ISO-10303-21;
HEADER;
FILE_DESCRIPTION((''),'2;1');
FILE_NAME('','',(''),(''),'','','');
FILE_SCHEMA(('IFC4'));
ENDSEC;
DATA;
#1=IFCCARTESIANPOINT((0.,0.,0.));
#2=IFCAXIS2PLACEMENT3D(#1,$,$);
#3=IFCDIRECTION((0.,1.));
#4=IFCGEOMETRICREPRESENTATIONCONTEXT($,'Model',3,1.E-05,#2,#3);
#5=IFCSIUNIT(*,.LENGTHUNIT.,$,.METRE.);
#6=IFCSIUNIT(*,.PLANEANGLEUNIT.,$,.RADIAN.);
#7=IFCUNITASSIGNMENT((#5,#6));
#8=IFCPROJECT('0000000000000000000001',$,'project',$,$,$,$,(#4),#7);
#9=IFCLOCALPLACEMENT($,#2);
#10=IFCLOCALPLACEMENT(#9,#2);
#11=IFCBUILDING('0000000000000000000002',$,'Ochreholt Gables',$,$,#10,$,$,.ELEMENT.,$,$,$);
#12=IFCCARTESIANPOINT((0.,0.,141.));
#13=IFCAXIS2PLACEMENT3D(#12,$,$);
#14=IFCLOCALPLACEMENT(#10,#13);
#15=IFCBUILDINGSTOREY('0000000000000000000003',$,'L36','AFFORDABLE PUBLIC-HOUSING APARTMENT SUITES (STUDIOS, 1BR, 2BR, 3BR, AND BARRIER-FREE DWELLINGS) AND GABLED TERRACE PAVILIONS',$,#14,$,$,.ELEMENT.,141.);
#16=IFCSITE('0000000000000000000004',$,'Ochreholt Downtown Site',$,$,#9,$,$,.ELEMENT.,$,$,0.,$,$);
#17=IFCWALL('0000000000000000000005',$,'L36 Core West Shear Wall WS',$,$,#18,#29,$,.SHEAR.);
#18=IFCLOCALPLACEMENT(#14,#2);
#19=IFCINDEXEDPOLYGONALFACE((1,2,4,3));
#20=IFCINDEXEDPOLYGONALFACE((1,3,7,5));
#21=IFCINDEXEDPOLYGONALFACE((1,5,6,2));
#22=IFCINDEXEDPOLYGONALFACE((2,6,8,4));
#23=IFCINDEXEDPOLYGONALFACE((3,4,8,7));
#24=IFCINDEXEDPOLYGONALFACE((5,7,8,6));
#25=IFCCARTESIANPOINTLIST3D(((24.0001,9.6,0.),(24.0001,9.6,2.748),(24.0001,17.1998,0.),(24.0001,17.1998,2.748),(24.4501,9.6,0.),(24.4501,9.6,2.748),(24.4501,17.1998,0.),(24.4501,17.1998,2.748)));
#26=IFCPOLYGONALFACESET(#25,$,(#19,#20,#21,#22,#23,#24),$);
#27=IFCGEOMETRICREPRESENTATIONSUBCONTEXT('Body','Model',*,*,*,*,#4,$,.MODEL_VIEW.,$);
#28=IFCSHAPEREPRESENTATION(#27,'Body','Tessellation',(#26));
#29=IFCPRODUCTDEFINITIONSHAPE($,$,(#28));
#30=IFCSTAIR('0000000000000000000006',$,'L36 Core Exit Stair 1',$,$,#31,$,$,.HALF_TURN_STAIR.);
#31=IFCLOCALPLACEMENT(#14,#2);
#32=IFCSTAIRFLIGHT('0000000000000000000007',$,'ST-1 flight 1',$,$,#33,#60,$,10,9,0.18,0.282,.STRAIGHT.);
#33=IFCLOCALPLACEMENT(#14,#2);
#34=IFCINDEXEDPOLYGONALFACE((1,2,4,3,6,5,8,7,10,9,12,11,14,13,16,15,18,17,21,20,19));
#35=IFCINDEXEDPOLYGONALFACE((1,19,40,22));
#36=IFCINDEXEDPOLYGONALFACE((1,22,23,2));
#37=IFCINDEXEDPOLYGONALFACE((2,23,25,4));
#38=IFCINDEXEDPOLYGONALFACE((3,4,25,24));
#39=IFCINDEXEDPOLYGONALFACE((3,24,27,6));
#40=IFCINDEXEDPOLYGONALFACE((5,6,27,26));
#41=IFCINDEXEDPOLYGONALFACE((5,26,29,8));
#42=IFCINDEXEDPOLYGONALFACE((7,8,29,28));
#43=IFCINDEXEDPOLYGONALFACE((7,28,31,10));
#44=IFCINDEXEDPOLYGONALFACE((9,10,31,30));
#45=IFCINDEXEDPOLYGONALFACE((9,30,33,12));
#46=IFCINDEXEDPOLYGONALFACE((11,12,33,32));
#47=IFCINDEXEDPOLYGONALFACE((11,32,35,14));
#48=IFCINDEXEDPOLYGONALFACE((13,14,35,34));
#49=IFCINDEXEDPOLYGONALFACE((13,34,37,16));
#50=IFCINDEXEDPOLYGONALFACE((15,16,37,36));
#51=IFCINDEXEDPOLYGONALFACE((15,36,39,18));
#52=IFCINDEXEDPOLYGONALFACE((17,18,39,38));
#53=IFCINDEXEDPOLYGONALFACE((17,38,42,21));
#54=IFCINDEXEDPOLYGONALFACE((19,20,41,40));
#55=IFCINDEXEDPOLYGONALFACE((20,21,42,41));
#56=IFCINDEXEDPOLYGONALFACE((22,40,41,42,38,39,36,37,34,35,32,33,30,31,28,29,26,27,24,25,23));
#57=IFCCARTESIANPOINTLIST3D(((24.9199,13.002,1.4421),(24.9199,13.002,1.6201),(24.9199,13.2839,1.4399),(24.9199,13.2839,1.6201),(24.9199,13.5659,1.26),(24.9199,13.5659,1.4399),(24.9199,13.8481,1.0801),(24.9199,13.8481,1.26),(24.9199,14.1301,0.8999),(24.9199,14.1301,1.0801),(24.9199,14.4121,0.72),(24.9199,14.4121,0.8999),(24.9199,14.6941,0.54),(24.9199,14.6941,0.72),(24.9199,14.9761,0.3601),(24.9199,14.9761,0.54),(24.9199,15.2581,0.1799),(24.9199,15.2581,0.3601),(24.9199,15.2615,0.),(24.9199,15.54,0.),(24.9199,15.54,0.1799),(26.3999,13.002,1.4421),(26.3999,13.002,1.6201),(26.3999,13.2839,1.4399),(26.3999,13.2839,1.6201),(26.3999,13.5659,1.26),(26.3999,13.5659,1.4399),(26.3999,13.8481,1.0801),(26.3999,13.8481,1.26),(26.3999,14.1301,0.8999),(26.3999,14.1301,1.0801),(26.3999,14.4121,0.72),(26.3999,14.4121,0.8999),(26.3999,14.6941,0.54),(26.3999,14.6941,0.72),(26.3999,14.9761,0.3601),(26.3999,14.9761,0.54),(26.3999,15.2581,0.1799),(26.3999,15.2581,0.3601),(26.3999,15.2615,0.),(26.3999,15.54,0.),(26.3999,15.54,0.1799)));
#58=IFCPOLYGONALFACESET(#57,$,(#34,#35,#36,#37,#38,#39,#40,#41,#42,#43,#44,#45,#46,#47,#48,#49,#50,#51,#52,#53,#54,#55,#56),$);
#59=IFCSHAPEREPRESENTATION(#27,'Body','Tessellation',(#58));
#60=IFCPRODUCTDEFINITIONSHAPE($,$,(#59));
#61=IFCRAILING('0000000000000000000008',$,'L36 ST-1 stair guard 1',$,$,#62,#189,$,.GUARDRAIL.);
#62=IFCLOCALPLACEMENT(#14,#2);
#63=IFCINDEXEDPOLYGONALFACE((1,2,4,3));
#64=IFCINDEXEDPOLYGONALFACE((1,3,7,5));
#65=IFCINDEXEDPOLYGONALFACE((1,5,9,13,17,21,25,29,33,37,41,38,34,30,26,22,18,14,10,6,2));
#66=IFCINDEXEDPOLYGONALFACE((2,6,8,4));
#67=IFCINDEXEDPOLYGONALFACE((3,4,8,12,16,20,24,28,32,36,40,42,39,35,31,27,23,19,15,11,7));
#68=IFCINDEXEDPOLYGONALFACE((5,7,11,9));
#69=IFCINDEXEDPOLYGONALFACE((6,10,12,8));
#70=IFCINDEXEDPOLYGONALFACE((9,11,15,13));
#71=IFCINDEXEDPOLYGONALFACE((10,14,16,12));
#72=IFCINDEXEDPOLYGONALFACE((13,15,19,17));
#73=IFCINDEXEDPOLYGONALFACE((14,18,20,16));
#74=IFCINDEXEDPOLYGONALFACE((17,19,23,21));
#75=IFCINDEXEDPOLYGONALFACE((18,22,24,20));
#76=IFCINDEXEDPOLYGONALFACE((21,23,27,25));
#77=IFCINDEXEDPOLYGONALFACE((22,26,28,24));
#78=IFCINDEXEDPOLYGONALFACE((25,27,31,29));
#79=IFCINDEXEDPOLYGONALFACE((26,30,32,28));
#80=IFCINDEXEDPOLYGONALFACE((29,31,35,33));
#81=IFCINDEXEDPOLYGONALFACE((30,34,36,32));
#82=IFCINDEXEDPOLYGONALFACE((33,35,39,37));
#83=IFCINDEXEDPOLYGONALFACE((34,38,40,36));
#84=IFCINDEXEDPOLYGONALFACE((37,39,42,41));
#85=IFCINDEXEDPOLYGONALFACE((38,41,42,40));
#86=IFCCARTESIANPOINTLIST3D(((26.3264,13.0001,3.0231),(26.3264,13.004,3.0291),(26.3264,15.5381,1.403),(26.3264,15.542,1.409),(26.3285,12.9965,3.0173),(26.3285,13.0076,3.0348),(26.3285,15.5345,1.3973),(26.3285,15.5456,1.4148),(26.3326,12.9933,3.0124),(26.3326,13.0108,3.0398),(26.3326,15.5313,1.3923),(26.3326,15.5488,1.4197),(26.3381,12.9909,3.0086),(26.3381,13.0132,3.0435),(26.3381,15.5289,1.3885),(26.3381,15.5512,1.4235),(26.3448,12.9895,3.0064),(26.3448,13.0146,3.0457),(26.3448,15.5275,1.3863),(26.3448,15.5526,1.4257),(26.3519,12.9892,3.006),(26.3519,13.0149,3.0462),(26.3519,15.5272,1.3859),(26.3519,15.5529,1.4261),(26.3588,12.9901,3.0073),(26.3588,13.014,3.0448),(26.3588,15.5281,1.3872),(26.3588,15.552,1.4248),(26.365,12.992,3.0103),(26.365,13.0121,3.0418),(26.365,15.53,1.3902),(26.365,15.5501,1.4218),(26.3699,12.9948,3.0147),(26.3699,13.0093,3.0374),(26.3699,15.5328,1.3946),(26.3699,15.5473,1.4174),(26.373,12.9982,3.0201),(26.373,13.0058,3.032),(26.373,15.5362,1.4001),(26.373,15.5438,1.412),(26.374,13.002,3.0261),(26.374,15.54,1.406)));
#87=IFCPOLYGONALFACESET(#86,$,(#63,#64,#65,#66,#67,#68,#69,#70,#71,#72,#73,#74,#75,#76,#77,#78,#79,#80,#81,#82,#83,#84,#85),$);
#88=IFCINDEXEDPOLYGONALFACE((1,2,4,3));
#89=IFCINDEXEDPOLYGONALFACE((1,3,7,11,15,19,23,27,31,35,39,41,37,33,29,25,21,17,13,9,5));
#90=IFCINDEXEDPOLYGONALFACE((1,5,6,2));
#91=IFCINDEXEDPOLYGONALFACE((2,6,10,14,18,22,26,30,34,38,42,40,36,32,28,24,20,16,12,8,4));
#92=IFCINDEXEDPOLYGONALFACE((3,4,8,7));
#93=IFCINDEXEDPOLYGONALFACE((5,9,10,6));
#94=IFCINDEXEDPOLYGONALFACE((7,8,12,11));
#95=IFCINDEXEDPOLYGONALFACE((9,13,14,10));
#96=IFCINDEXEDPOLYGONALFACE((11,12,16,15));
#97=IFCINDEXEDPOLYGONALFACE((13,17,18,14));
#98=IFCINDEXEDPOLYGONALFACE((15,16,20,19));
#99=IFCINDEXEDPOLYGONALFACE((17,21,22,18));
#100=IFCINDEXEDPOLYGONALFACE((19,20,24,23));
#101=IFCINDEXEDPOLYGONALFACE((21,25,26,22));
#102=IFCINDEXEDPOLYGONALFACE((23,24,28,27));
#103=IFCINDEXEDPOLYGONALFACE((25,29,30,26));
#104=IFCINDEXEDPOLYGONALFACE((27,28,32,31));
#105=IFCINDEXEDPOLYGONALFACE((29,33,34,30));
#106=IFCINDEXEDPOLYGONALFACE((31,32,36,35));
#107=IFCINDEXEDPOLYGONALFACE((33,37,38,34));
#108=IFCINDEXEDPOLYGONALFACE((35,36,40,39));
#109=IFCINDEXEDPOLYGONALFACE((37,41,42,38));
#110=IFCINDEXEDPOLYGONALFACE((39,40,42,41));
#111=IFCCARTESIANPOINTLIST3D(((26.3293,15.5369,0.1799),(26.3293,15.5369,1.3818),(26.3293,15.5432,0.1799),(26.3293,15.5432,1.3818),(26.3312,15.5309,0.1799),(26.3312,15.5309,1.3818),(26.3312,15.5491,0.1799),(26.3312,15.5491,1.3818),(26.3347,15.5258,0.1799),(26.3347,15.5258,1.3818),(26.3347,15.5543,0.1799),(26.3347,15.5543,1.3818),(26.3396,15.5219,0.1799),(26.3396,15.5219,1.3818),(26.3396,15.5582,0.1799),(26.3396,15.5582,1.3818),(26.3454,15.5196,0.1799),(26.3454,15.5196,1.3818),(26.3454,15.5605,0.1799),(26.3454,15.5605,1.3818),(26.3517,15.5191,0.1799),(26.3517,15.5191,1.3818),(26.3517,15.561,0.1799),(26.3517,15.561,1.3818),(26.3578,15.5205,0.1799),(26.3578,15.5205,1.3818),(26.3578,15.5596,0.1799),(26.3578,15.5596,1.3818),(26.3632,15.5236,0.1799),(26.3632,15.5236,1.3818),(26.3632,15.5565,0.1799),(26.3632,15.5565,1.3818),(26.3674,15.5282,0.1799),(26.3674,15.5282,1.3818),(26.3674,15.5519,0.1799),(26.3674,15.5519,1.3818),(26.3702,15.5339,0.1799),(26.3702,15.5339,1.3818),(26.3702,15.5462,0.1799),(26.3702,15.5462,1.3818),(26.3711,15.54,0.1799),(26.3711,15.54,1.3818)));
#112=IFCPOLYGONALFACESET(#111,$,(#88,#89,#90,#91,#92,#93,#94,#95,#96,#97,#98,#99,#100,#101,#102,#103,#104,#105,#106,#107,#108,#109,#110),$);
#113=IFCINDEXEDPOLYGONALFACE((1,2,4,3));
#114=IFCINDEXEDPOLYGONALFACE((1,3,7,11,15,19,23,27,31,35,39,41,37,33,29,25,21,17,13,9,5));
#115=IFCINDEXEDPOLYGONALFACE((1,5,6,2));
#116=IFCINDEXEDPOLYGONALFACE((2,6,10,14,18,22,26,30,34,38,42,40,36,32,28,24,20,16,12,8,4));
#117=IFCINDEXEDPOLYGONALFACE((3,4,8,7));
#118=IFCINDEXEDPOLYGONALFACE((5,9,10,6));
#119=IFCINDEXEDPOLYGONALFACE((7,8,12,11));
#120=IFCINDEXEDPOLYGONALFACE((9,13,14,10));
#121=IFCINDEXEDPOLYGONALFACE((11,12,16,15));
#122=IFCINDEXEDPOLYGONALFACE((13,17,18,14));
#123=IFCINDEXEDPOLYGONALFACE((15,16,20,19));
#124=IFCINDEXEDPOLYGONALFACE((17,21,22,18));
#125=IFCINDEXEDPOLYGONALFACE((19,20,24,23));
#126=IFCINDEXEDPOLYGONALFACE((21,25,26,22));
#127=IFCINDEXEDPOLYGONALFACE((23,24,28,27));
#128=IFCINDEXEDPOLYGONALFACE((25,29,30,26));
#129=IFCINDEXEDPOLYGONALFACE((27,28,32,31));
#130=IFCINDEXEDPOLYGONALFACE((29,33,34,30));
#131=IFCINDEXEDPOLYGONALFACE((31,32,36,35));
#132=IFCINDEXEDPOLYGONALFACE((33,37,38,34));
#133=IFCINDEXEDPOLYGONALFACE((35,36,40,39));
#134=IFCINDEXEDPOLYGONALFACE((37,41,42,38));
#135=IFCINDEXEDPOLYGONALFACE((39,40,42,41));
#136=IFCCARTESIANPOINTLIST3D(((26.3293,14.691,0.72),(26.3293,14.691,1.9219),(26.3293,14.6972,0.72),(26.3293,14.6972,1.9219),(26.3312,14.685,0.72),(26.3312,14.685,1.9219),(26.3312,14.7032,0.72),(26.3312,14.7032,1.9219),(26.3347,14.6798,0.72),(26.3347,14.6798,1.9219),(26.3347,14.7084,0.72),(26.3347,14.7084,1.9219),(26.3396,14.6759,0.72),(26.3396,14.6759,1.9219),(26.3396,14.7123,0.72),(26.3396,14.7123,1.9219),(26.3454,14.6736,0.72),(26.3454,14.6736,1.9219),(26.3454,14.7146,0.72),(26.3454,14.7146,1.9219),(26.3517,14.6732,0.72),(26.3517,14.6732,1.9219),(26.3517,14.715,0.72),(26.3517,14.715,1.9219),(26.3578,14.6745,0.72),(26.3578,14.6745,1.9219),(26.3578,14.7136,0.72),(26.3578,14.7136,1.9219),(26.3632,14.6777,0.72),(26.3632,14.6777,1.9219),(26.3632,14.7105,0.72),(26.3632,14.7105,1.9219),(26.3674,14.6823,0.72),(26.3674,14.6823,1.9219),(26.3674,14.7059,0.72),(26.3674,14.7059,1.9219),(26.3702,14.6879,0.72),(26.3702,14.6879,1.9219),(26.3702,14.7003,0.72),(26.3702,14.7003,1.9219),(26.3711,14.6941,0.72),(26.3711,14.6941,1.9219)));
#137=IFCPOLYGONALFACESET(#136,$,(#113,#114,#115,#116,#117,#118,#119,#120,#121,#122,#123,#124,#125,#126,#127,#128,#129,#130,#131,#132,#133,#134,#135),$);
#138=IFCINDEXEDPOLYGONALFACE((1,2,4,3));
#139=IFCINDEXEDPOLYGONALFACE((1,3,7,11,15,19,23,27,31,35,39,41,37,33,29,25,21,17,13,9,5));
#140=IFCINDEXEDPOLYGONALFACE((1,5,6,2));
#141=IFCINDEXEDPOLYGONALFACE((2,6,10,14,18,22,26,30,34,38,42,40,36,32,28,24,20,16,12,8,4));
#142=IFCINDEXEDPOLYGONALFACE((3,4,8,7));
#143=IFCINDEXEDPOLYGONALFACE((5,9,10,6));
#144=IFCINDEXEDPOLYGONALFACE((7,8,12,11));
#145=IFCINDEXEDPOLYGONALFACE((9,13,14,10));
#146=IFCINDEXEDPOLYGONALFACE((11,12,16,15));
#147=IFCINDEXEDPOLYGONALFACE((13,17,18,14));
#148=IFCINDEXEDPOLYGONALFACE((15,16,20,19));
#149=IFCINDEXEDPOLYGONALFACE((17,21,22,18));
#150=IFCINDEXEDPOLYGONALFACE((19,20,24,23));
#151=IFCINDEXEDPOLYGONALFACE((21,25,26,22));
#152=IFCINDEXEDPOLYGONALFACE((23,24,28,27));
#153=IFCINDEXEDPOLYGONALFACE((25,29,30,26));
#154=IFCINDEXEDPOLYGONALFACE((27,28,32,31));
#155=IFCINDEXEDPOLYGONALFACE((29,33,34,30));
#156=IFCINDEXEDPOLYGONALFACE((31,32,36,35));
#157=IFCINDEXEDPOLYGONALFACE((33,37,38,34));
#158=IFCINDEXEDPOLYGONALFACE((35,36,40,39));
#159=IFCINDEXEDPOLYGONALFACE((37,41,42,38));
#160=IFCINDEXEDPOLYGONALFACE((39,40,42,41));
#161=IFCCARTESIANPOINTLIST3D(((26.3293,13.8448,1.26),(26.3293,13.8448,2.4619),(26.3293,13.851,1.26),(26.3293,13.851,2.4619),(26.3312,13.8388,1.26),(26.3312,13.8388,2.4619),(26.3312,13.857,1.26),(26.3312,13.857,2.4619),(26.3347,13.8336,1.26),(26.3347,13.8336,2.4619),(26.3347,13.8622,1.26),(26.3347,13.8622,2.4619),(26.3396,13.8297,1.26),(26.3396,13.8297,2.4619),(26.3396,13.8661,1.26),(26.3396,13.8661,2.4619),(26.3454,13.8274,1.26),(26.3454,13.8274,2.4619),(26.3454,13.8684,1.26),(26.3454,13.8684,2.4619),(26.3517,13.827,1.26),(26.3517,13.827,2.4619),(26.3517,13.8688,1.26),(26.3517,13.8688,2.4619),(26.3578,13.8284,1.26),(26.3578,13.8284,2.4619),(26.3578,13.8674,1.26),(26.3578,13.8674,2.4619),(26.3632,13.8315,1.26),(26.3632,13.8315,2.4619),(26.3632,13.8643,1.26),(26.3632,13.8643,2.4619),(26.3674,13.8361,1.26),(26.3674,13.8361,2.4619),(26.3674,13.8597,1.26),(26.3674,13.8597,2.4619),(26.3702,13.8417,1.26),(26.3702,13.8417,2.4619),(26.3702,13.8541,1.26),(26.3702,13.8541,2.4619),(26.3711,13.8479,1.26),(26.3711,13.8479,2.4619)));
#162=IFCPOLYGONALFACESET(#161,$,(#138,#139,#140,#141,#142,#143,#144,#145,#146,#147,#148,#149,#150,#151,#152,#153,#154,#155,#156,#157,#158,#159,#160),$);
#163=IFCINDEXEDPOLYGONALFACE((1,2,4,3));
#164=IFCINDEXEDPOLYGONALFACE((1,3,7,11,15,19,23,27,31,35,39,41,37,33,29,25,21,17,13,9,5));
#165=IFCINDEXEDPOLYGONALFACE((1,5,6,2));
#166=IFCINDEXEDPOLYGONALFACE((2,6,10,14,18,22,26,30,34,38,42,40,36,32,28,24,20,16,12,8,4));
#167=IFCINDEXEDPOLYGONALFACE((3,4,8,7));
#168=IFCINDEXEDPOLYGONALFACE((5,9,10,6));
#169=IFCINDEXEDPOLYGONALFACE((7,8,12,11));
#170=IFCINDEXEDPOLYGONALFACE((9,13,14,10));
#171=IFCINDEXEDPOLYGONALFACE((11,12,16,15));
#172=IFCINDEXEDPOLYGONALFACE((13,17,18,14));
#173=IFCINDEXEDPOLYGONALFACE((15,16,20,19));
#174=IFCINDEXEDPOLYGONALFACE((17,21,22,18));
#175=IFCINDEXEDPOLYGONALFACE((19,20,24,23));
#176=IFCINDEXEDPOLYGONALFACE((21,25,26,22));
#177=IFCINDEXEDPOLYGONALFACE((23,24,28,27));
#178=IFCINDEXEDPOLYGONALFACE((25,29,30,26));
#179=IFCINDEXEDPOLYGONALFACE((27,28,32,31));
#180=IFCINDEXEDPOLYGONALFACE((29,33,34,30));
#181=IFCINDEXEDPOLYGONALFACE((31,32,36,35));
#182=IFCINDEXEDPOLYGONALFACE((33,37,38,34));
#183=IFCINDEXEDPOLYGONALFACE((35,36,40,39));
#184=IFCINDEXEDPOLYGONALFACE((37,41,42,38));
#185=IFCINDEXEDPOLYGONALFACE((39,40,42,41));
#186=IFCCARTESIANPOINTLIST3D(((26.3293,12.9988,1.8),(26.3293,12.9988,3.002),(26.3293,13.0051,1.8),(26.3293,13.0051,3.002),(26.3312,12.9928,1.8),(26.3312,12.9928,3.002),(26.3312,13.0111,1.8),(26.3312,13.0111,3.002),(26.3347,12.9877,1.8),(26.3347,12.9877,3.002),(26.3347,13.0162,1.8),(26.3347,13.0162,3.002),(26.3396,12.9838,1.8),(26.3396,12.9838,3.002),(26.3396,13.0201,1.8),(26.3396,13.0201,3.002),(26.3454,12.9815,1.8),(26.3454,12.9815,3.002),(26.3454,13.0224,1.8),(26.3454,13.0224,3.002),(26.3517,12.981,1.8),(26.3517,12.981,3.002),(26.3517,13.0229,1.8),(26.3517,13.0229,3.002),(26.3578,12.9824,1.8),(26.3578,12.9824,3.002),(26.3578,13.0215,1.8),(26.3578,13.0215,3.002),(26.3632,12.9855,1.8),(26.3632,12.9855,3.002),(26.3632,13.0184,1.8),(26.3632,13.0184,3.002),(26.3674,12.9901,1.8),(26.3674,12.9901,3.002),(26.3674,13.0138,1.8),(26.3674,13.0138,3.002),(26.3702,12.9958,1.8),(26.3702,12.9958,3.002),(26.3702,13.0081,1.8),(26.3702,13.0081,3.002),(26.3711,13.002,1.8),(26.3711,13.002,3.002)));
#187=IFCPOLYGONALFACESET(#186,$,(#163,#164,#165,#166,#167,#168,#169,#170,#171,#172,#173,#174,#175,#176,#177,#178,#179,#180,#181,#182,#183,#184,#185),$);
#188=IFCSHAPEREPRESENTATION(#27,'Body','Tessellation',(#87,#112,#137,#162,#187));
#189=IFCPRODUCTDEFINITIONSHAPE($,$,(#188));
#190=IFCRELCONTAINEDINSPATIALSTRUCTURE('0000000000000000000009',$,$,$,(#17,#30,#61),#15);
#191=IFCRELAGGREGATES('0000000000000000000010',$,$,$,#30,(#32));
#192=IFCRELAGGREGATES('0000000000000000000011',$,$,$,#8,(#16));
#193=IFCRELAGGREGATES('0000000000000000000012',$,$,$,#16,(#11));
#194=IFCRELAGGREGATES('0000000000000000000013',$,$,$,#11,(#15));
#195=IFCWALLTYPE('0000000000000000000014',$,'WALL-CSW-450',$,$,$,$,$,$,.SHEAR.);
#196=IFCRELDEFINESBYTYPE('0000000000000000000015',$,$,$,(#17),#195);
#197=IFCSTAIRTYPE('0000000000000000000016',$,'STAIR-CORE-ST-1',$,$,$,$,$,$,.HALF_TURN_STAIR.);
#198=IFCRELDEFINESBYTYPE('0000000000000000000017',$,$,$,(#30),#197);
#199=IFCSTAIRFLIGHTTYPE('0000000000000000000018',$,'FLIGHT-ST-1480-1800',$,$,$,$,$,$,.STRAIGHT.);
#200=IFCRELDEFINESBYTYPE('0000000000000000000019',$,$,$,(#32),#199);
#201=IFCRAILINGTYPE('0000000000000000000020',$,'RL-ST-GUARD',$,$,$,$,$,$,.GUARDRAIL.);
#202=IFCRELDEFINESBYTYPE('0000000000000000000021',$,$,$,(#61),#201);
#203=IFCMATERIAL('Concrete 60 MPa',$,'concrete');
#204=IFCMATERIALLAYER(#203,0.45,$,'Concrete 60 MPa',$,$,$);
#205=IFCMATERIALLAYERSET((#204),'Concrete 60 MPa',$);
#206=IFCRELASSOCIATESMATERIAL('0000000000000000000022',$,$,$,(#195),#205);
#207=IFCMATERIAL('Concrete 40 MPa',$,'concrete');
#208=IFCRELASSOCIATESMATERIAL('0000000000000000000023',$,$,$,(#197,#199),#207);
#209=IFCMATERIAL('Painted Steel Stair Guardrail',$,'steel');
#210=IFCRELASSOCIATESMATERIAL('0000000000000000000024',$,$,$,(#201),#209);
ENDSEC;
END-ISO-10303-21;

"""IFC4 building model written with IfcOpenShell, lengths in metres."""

from ifc_helpers import new_model, si_unit, direction, frame, frame_2d, origin, origin_2d, place, context, subcontext, project, spatial, polyline, rectangle, circle, outline, extrude, material, layer, layer_set, type_object, element, aggregate, save


model = new_model("IFC4")

# Units and contexts
model_context = context("Model", 3, precision=1e-05, world=origin(), true_north=direction((0.0, 1.0)))
body_context = subcontext(model_context, "Body", "Model", "MODEL_VIEW")
ifc_project = project(units=[si_unit("LENGTHUNIT", "METRE"), si_unit("PLANEANGLEUNIT", "RADIAN")], contexts=[model_context])

# Site, building, storey
site_placement = place(None, origin())
site = spatial("IfcSite", under=ifc_project, at=site_placement, Name="Ochreholt Downtown Site", CompositionType="ELEMENT", RefElevation=0.0)
building_placement = place(site_placement, origin())
building = spatial("IfcBuilding", under=site, at=building_placement, Name="Ochreholt Gables", CompositionType="ELEMENT")
storey_placement = place(building_placement, frame((0.0, 0.0, 141.0)))
storey = spatial("IfcBuildingStorey", under=building, at=storey_placement, Name="L36", Description="AFFORDABLE PUBLIC-HOUSING APARTMENT SUITES (STUDIOS, 1BR, 2BR, 3BR, AND BARRIER-FREE DWELLINGS) AND GABLED TERRACE PAVILIONS", CompositionType="ELEMENT", Elevation=141.0)

# Wall
ifc_material_1 = material(Name="Concrete 60 MPa", Category="concrete")
ifc_layer_1 = layer(ifc_material_1, 0.45, Name="Concrete 60 MPa")
ifc_layer_set_1 = layer_set([ifc_layer_1], Name="Concrete 60 MPa")
wall_type_1 = type_object("IfcWallType", Name="WALL-CSW-450", PredefinedType="SHEAR", material=ifc_layer_set_1)
wall_1_placement = place(storey_placement, frame((24.2251, 9.6001, 0.0), z_axis=(0.0, 0.0, 1.0), x_axis=(0.0, 1.0, 0.0)))
element("IfcWall", 1, at=wall_1_placement, inside=storey, type_object=wall_type_1, Name="L36 Core West Shear Wall WS", PredefinedType="SHEAR", context=body_context, shape_type="SweptSolid", body=[
    extrude(rectangle(XDim=7.5999, YDim=0.45, at=frame_2d((3.7998, 0.0))), origin(), (0.0, 0.0, 1.0), 2.748),
])

# Stair, stair flight
ifc_material_2 = material(Name="Concrete 40 MPa", Category="concrete")
stair_type = type_object("IfcStairType", Name="STAIR-CORE-ST-1", PredefinedType="HALF_TURN_STAIR", material=ifc_material_2)
stair_placement = place(storey_placement, origin())
stair = element("IfcStair", 2, at=stair_placement, inside=storey, type_object=stair_type, Name="L36 Core Exit Stair 1", PredefinedType="HALF_TURN_STAIR")
stair_flight_type = type_object("IfcStairFlightType", Name="FLIGHT-ST-1480-1800", PredefinedType="STRAIGHT", material=ifc_material_2)
stair_flight_placement = place(storey_placement, frame((25.6599, 15.54, 0.0), z_axis=(0.0, 0.0, 1.0), x_axis=(0.0, -1.0, 0.0)))
stair_flight = element("IfcStairFlight", 3, at=stair_flight_placement, type_object=stair_flight_type, Name="ST-1 flight 1", NumberOfRisers=10, NumberOfTreads=9, PredefinedType="STRAIGHT", RiserHeight=0.18, TreadLength=0.282, context=body_context, shape_type="SweptSolid", body=[
    extrude(outline(polyline([(0.0, 0.0), (0.0, 0.1799), (0.282, 0.1799), (0.282, 0.3601), (0.564, 0.3601), (0.564, 0.54), (0.8459, 0.54), (0.8459, 0.72), (1.1279, 0.72), (1.1279, 0.8999), (1.4099, 0.8999), (1.4099, 1.0801), (1.6919, 1.0801), (1.6919, 1.26), (1.9741, 1.26), (1.9741, 1.4399), (2.2561, 1.4399), (2.2561, 1.6201), (2.5381, 1.6201), (2.5381, 1.8), (2.5381, 1.4421), (0.2786, 0.0), (0.0, 0.0)])), frame((0.0, 0.74, 0.0), z_axis=(0.0, -1.0, 0.0), x_axis=(1.0, 0.0, 0.0)), (0.0, 0.0, 1.0), 1.48),
])
aggregate(stair, [stair_flight])

# Railing
ifc_material_3 = material(Name="Painted Steel Stair Guardrail", Category="steel")
railing_type_1 = type_object("IfcRailingType", Name="RL-ST-GUARD", PredefinedType="GUARDRAIL", material=ifc_material_3)
railing_1_placement = place(storey_placement, frame((26.3501, 15.54, 0.1799)))
element("IfcRailing", 4, at=railing_1_placement, inside=storey, type_object=railing_type_1, Name="L36 ST-1 stair guard 1", PredefinedType="GUARDRAIL", context=body_context, shape_type="SweptSolid", body=[
    extrude(circle(Radius=0.0239, at=origin_2d()), frame((0.0, 0.0, 1.2261), z_axis=(0.0, -0.842913, 0.53805), x_axis=(1.0, 0.0, 0.0)), (0.0, 0.0, 1.0), 3.011),
    extrude(circle(Radius=0.021, at=origin_2d()), origin(), (0.0, 0.0, 1.0), 1.2019),
    extrude(circle(Radius=0.021, at=origin_2d()), frame((0.0, -0.8459, 0.54)), (0.0, 0.0, 1.0), 1.2019),
    extrude(circle(Radius=0.021, at=origin_2d()), frame((0.0, -1.6921, 1.0801)), (0.0, 0.0, 1.0), 1.2019),
    extrude(circle(Radius=0.021, at=origin_2d()), frame((0.0, -2.5381, 1.6201)), (0.0, 0.0, 1.0), 1.2019),
])

save(model, "model.ifc")
